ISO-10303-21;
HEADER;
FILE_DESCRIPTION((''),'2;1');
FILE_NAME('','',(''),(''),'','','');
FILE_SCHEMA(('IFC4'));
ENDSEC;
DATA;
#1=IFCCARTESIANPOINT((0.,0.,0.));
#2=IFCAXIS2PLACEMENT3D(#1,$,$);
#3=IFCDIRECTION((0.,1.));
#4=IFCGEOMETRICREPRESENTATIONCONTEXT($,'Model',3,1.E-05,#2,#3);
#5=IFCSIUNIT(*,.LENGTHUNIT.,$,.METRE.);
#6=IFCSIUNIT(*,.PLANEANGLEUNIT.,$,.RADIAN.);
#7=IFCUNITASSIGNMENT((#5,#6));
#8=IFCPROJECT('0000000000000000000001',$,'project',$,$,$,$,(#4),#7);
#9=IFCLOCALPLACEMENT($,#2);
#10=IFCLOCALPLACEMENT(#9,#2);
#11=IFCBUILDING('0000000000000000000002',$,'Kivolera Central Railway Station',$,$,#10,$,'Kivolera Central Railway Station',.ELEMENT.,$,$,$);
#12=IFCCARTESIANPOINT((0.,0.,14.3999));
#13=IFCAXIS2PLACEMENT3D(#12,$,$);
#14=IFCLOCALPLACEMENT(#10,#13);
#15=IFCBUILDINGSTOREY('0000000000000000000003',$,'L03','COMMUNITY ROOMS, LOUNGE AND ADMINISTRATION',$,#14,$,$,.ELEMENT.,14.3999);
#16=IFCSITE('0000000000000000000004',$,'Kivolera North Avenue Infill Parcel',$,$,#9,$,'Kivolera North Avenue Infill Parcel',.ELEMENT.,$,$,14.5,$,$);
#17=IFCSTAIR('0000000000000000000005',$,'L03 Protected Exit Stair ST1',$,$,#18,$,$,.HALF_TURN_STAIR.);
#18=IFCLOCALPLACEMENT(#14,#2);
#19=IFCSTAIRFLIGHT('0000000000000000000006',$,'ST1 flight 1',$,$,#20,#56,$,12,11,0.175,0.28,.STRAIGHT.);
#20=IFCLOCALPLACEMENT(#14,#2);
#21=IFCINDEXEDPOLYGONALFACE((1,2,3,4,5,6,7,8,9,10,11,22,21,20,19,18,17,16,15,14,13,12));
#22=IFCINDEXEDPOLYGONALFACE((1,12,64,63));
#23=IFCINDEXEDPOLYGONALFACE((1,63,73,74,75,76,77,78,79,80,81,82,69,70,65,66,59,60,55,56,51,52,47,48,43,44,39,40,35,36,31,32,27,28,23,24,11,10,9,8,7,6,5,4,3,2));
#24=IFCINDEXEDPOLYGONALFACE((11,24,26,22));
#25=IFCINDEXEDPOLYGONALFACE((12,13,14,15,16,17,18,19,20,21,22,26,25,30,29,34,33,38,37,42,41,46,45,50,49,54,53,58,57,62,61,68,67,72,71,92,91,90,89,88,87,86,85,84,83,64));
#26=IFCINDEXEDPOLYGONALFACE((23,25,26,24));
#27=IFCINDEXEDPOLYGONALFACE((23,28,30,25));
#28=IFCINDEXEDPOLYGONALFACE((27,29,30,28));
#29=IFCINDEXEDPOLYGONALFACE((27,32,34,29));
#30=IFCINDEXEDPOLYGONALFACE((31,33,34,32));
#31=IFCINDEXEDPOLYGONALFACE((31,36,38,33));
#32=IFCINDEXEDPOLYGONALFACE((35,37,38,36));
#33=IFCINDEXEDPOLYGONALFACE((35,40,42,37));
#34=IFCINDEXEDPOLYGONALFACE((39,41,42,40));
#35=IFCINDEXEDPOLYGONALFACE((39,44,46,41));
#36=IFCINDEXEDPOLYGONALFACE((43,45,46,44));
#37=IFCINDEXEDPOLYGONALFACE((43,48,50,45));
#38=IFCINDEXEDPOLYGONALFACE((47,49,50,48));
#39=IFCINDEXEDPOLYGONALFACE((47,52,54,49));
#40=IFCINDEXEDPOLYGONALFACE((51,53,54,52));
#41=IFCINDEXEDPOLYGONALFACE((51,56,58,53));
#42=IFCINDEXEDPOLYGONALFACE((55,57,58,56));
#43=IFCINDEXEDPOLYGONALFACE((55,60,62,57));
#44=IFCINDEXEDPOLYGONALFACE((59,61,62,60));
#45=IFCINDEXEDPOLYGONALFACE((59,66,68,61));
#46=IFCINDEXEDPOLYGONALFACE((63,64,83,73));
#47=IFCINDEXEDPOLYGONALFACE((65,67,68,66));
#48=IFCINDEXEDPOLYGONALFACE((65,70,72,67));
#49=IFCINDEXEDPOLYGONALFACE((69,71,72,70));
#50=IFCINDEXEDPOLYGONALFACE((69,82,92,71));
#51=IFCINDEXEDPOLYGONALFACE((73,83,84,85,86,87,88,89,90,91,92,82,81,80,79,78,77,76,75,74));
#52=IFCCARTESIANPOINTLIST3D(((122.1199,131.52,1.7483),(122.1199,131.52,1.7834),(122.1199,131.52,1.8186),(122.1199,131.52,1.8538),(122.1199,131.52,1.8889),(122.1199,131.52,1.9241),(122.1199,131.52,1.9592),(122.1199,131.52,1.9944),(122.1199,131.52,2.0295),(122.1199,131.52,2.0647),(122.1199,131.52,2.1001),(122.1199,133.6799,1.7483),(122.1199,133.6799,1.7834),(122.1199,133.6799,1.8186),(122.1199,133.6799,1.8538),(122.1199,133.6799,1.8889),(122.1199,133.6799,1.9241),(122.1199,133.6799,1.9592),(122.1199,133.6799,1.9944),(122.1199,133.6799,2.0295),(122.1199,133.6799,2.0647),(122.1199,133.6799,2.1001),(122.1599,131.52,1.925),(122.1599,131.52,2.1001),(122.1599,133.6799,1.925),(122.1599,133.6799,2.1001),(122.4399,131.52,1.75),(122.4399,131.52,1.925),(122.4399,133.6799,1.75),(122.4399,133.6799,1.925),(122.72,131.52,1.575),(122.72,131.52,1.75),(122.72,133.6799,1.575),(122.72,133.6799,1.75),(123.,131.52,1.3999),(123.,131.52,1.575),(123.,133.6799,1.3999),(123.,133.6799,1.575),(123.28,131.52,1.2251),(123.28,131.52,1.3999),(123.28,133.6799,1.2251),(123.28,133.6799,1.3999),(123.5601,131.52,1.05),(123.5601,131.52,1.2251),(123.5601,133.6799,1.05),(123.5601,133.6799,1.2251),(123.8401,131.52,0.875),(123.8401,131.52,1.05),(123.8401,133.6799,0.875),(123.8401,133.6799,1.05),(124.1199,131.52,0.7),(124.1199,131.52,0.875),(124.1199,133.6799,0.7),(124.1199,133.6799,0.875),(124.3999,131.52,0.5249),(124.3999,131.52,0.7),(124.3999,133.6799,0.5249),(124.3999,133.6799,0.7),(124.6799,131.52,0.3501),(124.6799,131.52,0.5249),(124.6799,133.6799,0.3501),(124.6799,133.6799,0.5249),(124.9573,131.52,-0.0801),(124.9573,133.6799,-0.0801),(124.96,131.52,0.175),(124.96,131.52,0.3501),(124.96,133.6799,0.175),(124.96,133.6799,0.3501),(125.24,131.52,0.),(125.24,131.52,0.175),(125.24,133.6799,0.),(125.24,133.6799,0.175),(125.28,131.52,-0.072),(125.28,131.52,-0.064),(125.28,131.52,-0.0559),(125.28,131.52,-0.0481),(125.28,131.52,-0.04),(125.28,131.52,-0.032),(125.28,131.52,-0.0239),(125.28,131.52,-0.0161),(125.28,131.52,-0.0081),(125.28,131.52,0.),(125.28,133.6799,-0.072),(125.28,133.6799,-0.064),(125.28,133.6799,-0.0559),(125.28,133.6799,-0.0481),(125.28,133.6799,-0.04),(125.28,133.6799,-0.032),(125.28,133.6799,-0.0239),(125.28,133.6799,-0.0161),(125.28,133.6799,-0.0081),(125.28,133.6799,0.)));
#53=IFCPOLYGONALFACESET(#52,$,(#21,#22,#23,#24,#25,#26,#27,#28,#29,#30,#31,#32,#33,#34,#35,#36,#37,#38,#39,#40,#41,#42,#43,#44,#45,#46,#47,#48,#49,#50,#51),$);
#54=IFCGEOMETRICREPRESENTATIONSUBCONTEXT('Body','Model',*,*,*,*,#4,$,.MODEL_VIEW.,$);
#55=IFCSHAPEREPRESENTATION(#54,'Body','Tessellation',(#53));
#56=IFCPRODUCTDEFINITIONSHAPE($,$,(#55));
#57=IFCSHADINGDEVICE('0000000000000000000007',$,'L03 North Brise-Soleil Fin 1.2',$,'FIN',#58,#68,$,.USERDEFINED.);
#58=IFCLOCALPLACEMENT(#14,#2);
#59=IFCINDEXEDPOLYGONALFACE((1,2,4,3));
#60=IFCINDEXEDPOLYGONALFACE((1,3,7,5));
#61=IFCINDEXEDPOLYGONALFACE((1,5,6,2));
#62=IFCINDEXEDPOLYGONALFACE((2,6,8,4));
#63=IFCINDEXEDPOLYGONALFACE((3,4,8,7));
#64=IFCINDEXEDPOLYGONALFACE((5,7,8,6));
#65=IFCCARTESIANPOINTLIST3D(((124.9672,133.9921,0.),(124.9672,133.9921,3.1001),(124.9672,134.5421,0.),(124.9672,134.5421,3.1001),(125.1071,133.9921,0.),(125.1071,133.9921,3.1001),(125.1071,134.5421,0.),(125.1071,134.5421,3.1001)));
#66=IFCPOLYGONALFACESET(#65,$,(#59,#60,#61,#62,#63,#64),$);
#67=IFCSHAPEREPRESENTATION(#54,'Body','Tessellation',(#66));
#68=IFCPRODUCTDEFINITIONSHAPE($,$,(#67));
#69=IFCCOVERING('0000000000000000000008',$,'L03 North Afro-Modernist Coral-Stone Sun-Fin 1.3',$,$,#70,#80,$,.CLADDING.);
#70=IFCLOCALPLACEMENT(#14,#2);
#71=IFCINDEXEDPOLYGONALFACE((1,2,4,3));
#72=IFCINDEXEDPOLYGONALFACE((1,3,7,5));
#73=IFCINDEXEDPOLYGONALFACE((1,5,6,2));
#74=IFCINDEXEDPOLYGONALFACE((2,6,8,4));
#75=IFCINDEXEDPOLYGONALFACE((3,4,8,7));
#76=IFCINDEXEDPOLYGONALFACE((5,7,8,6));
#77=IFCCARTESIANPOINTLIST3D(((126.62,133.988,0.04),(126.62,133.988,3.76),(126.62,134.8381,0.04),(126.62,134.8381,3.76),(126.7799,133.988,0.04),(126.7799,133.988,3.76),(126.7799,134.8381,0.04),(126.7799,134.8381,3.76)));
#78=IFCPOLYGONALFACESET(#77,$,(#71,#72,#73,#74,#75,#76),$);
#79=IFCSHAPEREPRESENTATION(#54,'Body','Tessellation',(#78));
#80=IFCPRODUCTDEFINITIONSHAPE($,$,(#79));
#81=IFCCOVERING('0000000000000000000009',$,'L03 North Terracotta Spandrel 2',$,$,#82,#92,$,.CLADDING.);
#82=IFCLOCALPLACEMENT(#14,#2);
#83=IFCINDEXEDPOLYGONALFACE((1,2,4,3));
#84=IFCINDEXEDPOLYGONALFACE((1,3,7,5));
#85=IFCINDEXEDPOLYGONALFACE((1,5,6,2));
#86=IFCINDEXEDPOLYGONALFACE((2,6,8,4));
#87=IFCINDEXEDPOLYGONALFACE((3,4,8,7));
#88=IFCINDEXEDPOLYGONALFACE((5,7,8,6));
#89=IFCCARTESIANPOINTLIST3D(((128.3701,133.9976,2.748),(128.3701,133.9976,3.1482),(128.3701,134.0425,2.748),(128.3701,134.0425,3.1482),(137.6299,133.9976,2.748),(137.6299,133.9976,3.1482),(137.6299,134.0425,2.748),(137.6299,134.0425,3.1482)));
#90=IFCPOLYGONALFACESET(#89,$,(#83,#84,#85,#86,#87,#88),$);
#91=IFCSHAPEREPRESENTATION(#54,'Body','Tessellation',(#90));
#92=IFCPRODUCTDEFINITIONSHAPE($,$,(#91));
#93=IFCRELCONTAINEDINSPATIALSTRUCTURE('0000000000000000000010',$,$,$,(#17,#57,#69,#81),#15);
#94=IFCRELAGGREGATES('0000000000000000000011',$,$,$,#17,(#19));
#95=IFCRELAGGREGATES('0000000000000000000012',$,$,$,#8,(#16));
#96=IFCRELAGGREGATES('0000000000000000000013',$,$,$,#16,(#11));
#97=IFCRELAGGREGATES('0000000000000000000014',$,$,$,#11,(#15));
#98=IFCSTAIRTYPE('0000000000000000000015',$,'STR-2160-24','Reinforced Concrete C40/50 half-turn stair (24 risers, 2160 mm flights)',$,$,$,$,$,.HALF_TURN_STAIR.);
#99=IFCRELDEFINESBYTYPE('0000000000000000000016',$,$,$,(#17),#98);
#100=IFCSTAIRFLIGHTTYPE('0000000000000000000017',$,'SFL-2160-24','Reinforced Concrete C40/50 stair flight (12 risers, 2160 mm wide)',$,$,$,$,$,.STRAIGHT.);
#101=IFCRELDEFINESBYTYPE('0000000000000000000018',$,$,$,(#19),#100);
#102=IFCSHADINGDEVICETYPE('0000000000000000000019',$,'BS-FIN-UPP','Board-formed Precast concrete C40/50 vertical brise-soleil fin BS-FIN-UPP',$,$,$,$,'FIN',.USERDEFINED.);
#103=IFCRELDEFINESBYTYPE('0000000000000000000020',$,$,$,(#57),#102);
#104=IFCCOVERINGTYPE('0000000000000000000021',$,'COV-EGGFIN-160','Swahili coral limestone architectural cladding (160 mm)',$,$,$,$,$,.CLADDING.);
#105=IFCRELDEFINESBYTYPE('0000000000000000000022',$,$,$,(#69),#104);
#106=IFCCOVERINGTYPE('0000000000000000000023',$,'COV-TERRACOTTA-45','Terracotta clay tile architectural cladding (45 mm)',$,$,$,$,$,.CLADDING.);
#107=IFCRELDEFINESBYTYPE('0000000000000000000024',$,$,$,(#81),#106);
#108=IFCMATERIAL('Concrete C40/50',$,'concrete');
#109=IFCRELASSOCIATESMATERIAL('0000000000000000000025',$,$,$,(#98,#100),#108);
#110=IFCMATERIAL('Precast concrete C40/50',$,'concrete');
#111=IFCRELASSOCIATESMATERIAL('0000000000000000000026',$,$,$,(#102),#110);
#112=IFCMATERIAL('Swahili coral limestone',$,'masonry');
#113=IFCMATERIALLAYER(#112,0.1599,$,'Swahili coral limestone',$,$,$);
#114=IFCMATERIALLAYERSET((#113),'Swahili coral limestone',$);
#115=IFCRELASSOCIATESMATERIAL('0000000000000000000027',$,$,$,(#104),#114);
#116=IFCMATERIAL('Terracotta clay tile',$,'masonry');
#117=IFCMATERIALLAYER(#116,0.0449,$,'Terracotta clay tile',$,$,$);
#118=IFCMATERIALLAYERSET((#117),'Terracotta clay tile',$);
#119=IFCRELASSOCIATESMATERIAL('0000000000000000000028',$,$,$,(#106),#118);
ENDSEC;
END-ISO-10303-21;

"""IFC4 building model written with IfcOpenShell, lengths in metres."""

from ifc_helpers import new_model, si_unit, direction, frame, frame_2d, origin, origin_2d, place, context, subcontext, project, spatial, polyline, rectangle, outline, extrude, material, layer, layer_set, type_object, element, aggregate, save


model = new_model("IFC4")

# Units and contexts
model_context = context("Model", 3, precision=1e-05, world=origin(), true_north=direction((0.0, 1.0)))
body_context = subcontext(model_context, "Body", "Model", "MODEL_VIEW")
ifc_project = project(units=[si_unit("LENGTHUNIT", "METRE"), si_unit("PLANEANGLEUNIT", "RADIAN")], contexts=[model_context])

# Site, building, storey
site_placement = place(None, origin())
site = spatial("IfcSite", under=ifc_project, at=site_placement, Name="Kivolera North Avenue Infill Parcel", LongName="Kivolera North Avenue Infill Parcel", CompositionType="ELEMENT", RefElevation=14.5)
building_placement = place(site_placement, origin())
building = spatial("IfcBuilding", under=site, at=building_placement, Name="Kivolera Central Railway Station", LongName="Kivolera Central Railway Station", CompositionType="ELEMENT")
storey_placement = place(building_placement, frame((0.0, 0.0, 14.3999)))
storey = spatial("IfcBuildingStorey", under=building, at=storey_placement, Name="L03", Description="COMMUNITY ROOMS, LOUNGE AND ADMINISTRATION", CompositionType="ELEMENT", Elevation=14.3999)

# Shared definitions
ifc_material_1 = material(Name="Concrete C40/50", Category="concrete")

# Shared definitions
ifc_material_2 = material(Name="Swahili coral limestone", Category="masonry")

# Stair, stair flight
stair_type = type_object("IfcStairType", Name="STR-2160-24", Description="Reinforced Concrete C40/50 half-turn stair (24 risers, 2160 mm flights)", PredefinedType="HALF_TURN_STAIR", material=ifc_material_1)
stair_placement = place(storey_placement, origin())
stair = element("IfcStair", 1, at=stair_placement, inside=storey, type_object=stair_type, Name="L03 Protected Exit Stair ST1", PredefinedType="HALF_TURN_STAIR")
stair_flight_type = type_object("IfcStairFlightType", Name="SFL-2160-24", Description="Reinforced Concrete C40/50 stair flight (12 risers, 2160 mm wide)", PredefinedType="STRAIGHT", material=ifc_material_1)
stair_flight_placement = place(storey_placement, frame((125.24, 132.6001, 0.0), z_axis=(0.0, 0.0, 1.0), x_axis=(-1.0, 0.0, 0.0)))
stair_flight = element("IfcStairFlight", 2, at=stair_flight_placement, type_object=stair_flight_type, Name="ST1 flight 1", NumberOfRisers=12, NumberOfTreads=11, PredefinedType="STRAIGHT", RiserHeight=0.175, TreadLength=0.28, context=body_context, shape_type="SweptSolid", body=[
    extrude(outline(polyline([(-0.04, 0.0), (0.0, 0.0), (0.0, 0.175), (0.28, 0.175), (0.28, 0.3501), (0.5601, 0.3501), (0.5601, 0.5249), (0.8401, 0.5249), (0.8401, 0.7), (1.1201, 0.7), (1.1201, 0.875), (1.3999, 0.875), (1.3999, 1.05), (1.6799, 1.05), (1.6799, 1.2251), (1.96, 1.2251), (1.96, 1.3999), (2.24, 1.3999), (2.24, 1.575), (2.52, 1.575), (2.52, 1.75), (2.8, 1.75), (2.8, 1.925), (3.0801, 1.925), (3.0801, 2.1001), (3.1201, 2.1001), (3.1201, 2.0647), (3.1201, 2.0295), (3.1201, 1.9944), (3.1201, 1.9592), (3.1201, 1.9241), (3.1201, 1.8889), (3.1201, 1.8538), (3.1201, 1.8186), (3.1201, 1.7834), (3.1201, 1.7483), (0.2827, -0.0801), (-0.04, -0.072), (-0.04, -0.064), (-0.04, -0.0559), (-0.04, -0.0481), (-0.04, -0.04), (-0.04, -0.032), (-0.04, -0.0239), (-0.04, -0.0161), (-0.04, -0.0081), (-0.04, 0.0)])), frame((0.0, 1.0801, 0.0), z_axis=(0.0, -1.0, 0.0), x_axis=(1.0, 0.0, 0.0)), (0.0, 0.0, 1.0), 2.1599),
])
aggregate(stair, [stair_flight])

# Shading device
ifc_material_3 = material(Name="Precast concrete C40/50", Category="concrete")
shading_device_type = type_object("IfcShadingDeviceType", Name="BS-FIN-UPP", Description="Board-formed Precast concrete C40/50 vertical brise-soleil fin BS-FIN-UPP", ElementType="FIN", PredefinedType="USERDEFINED", material=ifc_material_3)
shading_device_placement = place(storey_placement, frame((125.0371, 134.2671, 0.0), z_axis=(0.0, 0.0, 1.0), x_axis=(1.0, 0.0, 0.0)))
element("IfcShadingDevice", 3, at=shading_device_placement, inside=storey, type_object=shading_device_type, Name="L03 North Brise-Soleil Fin 1.2", ObjectType="FIN", PredefinedType="USERDEFINED", context=body_context, shape_type="SweptSolid", body=[
    extrude(rectangle(XDim=0.1399, YDim=0.55, at=origin_2d()), origin(), (0.0, 0.0, 1.0), 3.1001),
])

# Coverings
ifc_layer_1 = layer(ifc_material_2, 0.1599, Name="Swahili coral limestone")
ifc_layer_set_1 = layer_set([ifc_layer_1], Name="Swahili coral limestone")
covering_type_1 = type_object("IfcCoveringType", Name="COV-EGGFIN-160", Description="Swahili coral limestone architectural cladding (160 mm)", PredefinedType="CLADDING", material=ifc_layer_set_1)
covering_1_placement = place(storey_placement, frame((126.7, 134.4131, 0.04), z_axis=(0.0, 0.0, 1.0), x_axis=(1.0, 0.0, 0.0)))
element("IfcCovering", 4, at=covering_1_placement, inside=storey, type_object=covering_type_1, Name="L03 North Afro-Modernist Coral-Stone Sun-Fin 1.3", PredefinedType="CLADDING", context=body_context, shape_type="SweptSolid", body=[
    extrude(rectangle(XDim=0.1599, YDim=0.8501, at=origin_2d()), origin(), (0.0, 0.0, 1.0), 3.72),
])
ifc_material_4 = material(Name="Terracotta clay tile", Category="masonry")
ifc_layer_2 = layer(ifc_material_4, 0.0449, Name="Terracotta clay tile")
ifc_layer_set_2 = layer_set([ifc_layer_2], Name="Terracotta clay tile")
covering_type_2 = type_object("IfcCoveringType", Name="COV-TERRACOTTA-45", Description="Terracotta clay tile architectural cladding (45 mm)", PredefinedType="CLADDING", material=ifc_layer_set_2)
covering_2_placement = place(storey_placement, frame((128.3701, 134.02, 2.748), z_axis=(0.0, 0.0, 1.0), x_axis=(1.0, 0.0, 0.0)))
element("IfcCovering", 5, at=covering_2_placement, inside=storey, type_object=covering_type_2, Name="L03 North Terracotta Spandrel 2", PredefinedType="CLADDING", context=body_context, shape_type="SweptSolid", body=[
    extrude(rectangle(XDim=9.2598, YDim=0.0449, at=frame_2d((4.6299, 0.0))), origin(), (0.0, 0.0, 1.0), 0.4001),
])

save(model, "model.ifc")
